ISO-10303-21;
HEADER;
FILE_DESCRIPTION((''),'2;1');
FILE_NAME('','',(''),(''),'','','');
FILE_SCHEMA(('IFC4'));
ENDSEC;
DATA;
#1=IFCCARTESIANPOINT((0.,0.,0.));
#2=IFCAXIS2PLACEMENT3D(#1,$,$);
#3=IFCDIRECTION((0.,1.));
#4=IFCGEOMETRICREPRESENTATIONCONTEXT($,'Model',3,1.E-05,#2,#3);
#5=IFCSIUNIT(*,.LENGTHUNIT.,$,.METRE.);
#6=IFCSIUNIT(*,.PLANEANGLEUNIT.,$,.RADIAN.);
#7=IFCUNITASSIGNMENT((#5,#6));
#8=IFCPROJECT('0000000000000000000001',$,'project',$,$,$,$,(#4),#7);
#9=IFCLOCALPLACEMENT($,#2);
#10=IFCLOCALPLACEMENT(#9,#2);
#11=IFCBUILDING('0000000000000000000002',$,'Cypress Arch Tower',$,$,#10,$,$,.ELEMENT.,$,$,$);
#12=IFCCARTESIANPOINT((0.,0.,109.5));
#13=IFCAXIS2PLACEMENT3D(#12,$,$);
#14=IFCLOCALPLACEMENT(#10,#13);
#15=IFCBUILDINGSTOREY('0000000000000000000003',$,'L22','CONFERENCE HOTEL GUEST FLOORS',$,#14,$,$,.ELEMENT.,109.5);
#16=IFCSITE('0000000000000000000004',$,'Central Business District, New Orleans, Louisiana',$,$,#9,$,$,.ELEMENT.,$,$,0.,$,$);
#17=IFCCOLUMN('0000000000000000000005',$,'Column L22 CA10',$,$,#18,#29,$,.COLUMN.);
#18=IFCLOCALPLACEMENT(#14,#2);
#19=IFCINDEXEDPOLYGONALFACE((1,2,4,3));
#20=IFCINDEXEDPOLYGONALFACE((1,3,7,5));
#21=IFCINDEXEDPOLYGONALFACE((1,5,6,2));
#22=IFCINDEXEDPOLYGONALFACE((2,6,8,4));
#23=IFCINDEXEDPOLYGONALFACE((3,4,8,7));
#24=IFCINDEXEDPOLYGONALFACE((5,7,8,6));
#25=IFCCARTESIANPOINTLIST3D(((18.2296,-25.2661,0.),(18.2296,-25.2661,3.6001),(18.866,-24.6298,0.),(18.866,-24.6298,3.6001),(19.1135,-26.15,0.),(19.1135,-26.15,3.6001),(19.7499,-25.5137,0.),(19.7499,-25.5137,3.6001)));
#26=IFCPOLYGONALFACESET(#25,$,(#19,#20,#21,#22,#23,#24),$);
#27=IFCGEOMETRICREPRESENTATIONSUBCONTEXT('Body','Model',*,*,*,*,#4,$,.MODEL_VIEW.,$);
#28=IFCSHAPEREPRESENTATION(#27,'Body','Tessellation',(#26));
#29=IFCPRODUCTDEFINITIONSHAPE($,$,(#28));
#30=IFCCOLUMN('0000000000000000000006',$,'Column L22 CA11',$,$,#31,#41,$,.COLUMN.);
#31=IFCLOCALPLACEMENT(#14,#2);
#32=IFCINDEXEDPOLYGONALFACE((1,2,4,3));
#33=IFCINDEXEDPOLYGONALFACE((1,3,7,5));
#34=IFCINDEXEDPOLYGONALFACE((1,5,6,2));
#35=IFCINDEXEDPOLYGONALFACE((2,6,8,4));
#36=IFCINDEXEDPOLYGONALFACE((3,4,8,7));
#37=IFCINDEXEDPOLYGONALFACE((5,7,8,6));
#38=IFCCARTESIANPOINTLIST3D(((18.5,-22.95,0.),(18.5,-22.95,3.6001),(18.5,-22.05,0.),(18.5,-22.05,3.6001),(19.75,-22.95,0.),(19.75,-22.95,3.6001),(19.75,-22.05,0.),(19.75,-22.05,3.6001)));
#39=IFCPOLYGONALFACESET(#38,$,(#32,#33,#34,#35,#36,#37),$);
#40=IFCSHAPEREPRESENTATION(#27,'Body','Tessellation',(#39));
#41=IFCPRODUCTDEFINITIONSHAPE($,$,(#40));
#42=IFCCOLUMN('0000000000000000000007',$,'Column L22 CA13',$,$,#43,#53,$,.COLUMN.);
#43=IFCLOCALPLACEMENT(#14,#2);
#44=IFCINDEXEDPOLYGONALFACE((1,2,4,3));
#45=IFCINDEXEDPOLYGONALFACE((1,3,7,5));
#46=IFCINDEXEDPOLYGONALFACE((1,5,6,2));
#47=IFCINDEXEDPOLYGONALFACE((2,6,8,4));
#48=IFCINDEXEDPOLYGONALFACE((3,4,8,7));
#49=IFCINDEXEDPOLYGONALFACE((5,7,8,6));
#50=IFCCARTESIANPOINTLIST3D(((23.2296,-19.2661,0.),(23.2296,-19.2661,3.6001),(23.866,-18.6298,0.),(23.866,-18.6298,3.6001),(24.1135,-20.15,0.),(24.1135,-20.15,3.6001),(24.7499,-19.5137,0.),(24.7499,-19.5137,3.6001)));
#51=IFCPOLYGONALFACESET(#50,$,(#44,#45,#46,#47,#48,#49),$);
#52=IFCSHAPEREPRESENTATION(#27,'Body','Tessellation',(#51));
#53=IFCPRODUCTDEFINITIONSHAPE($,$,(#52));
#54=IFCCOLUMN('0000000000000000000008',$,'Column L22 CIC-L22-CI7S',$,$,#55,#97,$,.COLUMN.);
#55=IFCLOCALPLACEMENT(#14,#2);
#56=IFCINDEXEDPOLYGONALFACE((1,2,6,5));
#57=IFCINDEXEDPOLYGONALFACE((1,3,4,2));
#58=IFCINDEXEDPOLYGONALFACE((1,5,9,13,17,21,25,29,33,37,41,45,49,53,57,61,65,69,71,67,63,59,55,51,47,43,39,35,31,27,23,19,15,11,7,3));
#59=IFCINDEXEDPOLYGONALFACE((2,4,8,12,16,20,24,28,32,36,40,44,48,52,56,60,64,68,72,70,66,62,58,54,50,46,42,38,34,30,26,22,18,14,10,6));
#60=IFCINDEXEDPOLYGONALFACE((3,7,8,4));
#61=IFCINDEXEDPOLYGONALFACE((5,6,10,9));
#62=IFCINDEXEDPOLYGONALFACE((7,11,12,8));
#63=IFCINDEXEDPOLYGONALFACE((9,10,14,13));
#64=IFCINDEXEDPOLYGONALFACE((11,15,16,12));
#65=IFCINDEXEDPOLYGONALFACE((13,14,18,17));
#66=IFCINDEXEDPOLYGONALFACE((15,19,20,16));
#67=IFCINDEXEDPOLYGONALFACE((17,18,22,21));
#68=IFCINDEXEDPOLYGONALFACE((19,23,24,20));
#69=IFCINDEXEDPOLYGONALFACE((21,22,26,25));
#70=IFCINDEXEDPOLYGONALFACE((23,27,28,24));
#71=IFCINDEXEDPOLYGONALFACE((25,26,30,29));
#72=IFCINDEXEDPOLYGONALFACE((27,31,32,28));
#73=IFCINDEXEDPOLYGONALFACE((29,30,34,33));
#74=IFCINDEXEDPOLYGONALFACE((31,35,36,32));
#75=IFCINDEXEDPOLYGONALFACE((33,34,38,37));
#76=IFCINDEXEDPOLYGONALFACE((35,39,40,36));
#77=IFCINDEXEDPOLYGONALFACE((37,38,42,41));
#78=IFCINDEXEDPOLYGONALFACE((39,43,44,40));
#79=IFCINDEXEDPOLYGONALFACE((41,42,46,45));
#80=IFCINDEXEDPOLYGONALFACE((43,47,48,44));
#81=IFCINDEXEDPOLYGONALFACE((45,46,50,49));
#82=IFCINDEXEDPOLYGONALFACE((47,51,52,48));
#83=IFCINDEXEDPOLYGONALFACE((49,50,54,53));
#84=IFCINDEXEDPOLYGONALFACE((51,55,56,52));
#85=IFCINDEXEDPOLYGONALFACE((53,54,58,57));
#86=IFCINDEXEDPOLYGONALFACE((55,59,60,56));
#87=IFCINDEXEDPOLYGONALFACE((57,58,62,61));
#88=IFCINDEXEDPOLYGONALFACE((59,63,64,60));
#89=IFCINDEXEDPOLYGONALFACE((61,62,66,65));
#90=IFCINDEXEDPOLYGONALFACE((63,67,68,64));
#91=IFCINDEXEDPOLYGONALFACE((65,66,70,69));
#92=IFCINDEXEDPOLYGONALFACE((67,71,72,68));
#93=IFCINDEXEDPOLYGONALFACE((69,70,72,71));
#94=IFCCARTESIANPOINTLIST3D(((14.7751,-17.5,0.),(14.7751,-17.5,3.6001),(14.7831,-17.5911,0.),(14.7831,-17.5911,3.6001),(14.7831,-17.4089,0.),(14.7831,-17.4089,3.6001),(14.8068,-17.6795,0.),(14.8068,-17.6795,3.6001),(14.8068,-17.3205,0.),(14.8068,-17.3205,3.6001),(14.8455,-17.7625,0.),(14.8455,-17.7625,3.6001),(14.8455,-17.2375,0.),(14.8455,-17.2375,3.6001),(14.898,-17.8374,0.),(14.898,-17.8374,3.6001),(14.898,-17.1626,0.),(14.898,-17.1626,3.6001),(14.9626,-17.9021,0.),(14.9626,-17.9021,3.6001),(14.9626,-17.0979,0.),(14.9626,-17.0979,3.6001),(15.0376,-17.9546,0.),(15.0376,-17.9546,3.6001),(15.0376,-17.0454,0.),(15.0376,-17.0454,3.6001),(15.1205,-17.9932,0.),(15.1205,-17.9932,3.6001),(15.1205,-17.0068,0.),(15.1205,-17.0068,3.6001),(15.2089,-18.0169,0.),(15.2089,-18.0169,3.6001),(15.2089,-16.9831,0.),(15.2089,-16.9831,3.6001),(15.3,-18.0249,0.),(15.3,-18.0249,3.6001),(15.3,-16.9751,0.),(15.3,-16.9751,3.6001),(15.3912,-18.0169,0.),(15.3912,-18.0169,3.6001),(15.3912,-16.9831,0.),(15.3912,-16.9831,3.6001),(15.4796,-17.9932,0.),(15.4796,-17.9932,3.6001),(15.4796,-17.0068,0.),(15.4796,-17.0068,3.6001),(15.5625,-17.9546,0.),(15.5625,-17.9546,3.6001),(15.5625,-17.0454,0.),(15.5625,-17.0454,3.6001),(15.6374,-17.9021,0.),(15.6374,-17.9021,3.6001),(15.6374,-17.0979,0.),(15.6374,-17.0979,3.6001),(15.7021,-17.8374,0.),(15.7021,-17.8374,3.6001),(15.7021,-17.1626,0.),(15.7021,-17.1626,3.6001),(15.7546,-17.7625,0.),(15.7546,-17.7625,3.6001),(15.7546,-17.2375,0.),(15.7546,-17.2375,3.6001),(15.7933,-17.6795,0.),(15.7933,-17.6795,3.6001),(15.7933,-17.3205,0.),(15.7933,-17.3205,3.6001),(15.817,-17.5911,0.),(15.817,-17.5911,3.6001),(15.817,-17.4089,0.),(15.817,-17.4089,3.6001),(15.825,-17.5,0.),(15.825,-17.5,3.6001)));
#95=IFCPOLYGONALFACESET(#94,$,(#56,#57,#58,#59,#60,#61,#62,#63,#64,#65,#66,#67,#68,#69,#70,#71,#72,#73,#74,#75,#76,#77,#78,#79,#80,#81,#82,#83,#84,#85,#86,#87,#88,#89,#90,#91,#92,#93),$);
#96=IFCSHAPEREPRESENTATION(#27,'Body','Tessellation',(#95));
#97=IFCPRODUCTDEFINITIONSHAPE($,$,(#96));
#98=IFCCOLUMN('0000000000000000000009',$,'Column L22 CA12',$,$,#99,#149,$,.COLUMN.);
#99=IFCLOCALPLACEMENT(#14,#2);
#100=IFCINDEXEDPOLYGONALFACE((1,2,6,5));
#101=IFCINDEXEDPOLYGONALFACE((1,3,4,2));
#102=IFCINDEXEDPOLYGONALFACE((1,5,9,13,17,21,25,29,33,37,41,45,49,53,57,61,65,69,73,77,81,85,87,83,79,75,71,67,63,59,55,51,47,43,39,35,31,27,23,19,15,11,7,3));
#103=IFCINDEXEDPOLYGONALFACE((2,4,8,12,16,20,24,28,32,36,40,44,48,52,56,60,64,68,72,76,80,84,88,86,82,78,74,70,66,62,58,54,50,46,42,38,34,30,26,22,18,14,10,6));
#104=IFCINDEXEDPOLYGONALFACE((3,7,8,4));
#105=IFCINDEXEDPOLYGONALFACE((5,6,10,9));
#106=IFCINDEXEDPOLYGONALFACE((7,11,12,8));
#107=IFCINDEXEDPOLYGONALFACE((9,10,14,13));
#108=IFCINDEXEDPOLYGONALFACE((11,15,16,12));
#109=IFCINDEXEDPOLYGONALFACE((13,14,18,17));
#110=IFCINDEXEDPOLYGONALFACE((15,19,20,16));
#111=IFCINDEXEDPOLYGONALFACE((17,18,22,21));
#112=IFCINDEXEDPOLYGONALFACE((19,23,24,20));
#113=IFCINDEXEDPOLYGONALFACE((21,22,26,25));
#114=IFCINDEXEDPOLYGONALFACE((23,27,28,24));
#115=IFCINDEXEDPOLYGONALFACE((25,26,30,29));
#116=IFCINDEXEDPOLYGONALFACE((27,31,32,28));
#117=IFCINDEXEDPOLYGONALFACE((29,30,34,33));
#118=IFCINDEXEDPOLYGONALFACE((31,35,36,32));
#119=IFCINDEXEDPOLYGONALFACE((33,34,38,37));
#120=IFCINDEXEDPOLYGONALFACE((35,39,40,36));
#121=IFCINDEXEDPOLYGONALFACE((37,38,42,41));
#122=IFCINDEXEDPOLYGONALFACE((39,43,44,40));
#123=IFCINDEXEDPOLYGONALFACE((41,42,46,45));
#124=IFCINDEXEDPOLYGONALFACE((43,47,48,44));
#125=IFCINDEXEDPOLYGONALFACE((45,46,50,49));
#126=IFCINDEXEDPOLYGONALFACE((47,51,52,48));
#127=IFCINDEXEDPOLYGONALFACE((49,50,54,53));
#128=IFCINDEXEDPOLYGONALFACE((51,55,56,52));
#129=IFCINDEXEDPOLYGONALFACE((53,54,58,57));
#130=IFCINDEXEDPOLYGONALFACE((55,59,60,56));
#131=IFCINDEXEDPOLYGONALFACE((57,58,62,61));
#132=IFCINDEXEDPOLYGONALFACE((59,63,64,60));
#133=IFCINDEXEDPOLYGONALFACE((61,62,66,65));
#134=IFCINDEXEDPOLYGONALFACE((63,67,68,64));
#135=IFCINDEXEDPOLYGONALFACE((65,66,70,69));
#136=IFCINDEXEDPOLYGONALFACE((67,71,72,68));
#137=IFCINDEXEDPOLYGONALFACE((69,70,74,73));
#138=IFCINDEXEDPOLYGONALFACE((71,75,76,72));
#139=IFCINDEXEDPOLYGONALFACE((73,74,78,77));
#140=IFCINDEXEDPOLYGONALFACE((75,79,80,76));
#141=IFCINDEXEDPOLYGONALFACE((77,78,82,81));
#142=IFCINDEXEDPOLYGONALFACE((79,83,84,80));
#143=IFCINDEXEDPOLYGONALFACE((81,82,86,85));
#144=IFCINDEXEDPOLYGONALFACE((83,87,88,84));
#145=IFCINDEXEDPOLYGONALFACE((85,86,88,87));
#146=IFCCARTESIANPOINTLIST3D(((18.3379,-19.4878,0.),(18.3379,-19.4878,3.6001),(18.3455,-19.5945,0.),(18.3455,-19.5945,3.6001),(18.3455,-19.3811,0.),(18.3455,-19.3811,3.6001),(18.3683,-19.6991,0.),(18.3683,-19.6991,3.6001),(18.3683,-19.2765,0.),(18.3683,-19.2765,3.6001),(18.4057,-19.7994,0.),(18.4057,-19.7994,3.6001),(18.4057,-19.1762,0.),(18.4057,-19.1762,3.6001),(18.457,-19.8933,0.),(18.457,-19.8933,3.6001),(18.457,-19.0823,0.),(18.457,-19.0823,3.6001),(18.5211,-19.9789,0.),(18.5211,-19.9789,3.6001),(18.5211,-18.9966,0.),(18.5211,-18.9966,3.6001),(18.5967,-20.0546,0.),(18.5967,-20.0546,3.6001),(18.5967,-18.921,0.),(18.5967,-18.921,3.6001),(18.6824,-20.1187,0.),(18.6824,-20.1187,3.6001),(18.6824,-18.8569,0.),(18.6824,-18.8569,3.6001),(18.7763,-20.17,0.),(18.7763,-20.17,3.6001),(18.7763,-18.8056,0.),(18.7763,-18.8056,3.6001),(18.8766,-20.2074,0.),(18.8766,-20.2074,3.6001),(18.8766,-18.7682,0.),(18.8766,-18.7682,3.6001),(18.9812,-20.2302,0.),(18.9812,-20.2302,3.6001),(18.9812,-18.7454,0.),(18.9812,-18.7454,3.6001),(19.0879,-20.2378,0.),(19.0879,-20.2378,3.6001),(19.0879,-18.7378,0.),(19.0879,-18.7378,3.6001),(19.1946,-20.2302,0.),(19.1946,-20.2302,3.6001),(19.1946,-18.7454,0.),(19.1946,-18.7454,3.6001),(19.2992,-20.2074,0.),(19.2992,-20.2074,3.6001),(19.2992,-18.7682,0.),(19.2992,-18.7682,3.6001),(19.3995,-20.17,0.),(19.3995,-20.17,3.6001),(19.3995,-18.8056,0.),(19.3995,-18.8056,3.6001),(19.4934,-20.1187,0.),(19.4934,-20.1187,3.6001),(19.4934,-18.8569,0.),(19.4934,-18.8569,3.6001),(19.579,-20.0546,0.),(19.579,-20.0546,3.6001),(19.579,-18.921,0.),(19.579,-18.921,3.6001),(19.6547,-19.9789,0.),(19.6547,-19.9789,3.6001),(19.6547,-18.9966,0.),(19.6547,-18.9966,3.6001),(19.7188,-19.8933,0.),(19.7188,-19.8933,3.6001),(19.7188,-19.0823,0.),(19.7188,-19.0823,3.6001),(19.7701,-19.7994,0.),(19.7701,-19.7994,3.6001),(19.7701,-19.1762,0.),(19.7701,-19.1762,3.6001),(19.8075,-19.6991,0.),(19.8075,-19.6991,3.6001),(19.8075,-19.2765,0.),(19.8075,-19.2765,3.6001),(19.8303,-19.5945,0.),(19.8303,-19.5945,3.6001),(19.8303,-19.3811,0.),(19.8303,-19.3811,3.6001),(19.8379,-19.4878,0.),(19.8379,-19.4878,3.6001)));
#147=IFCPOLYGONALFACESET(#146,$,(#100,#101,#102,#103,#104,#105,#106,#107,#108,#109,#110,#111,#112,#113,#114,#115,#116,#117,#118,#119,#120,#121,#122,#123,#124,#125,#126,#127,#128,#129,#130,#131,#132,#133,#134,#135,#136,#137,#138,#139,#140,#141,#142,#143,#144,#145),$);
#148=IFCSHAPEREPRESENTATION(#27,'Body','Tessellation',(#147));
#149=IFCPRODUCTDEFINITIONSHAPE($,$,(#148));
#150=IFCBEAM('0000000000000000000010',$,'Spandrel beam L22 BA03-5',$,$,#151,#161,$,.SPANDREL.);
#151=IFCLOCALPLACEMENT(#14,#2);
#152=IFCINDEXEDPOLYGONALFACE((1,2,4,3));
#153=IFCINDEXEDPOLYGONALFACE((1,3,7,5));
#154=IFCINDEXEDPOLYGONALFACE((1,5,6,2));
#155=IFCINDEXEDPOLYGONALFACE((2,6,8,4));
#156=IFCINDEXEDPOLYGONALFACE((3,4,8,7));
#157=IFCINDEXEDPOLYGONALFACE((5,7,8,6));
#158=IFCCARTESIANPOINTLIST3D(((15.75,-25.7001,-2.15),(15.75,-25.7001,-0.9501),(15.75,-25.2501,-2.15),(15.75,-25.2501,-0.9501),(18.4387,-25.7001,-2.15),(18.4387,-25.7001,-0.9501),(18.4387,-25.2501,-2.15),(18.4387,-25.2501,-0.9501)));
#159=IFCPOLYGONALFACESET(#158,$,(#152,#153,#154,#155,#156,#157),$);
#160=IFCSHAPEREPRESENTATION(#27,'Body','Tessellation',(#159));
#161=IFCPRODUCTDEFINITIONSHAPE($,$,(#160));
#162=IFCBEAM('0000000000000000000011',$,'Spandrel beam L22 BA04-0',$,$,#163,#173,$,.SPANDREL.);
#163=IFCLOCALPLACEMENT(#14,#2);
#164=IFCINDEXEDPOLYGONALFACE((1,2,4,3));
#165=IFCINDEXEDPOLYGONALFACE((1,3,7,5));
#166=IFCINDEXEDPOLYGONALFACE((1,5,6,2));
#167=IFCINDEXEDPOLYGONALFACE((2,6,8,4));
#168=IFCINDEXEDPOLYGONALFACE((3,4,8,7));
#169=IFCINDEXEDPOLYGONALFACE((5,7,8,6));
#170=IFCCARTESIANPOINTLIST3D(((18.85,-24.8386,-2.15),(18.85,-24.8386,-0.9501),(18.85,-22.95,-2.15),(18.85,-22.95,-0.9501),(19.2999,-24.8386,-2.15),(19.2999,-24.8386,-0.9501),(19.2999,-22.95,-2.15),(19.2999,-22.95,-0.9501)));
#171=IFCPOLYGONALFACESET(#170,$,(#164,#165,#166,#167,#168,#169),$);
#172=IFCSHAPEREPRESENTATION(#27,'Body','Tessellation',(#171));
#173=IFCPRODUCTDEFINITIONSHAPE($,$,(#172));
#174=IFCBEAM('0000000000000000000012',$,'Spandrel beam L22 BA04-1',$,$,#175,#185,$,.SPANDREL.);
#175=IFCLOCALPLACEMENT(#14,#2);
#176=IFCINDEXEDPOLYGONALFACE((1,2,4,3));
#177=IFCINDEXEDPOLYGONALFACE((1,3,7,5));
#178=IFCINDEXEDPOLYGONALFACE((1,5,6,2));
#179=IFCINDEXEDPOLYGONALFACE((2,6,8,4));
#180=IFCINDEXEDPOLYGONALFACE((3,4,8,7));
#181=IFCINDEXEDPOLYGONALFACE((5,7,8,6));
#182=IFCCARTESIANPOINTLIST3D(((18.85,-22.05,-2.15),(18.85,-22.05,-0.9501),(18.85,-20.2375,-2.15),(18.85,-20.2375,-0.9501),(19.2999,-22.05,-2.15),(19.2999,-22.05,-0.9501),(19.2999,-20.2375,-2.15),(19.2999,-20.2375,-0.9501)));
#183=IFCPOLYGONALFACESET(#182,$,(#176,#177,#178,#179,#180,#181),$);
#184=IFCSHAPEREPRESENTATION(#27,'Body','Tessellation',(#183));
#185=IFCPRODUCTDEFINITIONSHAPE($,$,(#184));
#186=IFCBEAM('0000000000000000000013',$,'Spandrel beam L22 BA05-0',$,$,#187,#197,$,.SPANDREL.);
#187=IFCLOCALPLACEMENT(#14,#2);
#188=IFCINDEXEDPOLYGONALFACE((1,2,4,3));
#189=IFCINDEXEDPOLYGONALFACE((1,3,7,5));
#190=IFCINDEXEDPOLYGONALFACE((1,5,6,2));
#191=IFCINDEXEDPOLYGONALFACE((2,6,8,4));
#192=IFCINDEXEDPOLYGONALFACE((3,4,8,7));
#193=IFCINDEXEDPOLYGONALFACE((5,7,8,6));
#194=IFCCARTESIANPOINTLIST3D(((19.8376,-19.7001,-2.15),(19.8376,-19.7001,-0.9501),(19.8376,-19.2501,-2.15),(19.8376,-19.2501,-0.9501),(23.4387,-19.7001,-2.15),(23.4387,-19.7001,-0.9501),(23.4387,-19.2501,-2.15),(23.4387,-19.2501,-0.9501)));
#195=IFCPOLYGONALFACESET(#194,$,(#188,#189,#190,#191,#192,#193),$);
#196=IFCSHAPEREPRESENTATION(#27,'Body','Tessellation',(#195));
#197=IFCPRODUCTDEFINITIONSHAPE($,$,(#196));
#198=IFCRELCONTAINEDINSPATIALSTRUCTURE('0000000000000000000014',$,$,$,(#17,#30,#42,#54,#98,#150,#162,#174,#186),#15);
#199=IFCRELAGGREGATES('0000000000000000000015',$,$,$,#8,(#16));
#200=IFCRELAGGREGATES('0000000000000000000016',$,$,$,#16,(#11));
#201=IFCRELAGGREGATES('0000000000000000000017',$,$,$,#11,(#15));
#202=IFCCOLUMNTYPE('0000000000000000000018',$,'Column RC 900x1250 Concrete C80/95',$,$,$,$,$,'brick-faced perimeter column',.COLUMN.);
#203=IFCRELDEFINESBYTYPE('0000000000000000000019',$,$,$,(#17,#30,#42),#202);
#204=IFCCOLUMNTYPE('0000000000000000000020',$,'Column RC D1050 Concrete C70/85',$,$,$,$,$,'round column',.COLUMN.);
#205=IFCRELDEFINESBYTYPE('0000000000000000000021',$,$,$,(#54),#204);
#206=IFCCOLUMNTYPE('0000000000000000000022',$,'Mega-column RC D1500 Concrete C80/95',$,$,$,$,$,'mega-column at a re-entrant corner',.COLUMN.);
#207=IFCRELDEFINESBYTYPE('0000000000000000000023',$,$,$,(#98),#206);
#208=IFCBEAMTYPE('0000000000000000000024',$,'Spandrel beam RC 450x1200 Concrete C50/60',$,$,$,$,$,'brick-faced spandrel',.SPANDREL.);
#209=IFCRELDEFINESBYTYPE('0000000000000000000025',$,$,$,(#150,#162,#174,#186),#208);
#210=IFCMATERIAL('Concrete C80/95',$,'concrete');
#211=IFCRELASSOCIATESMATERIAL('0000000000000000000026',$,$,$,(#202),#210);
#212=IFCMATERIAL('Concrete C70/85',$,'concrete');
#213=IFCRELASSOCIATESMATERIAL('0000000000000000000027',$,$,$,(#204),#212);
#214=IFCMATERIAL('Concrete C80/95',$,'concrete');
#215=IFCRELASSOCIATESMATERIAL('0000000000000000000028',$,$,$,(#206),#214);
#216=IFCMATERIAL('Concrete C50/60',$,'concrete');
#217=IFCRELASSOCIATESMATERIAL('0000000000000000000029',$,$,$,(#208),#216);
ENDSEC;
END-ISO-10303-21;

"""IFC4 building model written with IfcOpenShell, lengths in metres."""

from ifc_helpers import new_model, si_unit, direction, frame, origin, origin_2d, place, context, subcontext, project, spatial, rectangle, circle, extrude, material, material_profile, profile_set, type_object, element, save


model = new_model("IFC4")

# Units and contexts
model_context = context("Model", 3, precision=1e-05, world=origin(), true_north=direction((0.0, 1.0)))
body_context = subcontext(model_context, "Body", "Model", "MODEL_VIEW")
ifc_project = project(units=[si_unit("LENGTHUNIT", "METRE"), si_unit("PLANEANGLEUNIT", "RADIAN")], contexts=[model_context])

# Site, building, storey
site_placement = place(None, origin())
site = spatial("IfcSite", under=ifc_project, at=site_placement, Name="Central Business District, New Orleans, Louisiana", CompositionType="ELEMENT", RefElevation=0.0)
building_placement = place(site_placement, origin())
building = spatial("IfcBuilding", under=site, at=building_placement, Name="Cypress Arch Tower", CompositionType="ELEMENT")
storey_placement = place(building_placement, frame((0.0, 0.0, 109.5)))
storey = spatial("IfcBuildingStorey", under=building, at=storey_placement, Name="L22", Description="CONFERENCE HOTEL GUEST FLOORS", CompositionType="ELEMENT", Elevation=109.5)

# Columns
ifc_material_1 = material(Name="Concrete C80/95", Category="concrete")
ifc_material_profile_1 = material_profile(ifc_material_1, rectangle(XDim=0.8999, YDim=1.25, at=origin_2d()), Name="RC 900x1250")
ifc_profile_set_1 = profile_set([ifc_material_profile_1], Name="Concrete C80/95")
column_type_1 = type_object("IfcColumnType", Name="Column RC 900x1250 Concrete C80/95", ElementType="brick-faced perimeter column", PredefinedType="COLUMN", material=ifc_profile_set_1)
for number, where, z_axis, x_axis, name in (
    (1, (18.9897, -25.3899, 0.0), (0.0, 0.0, 1.0), (0.707107, 0.707107, 0.0), "Column L22 CA10"),
    (2, (19.125, -22.5, 0.0), (0.0, 0.0, 1.0), (0.0, 1.0, 0.0), "Column L22 CA11"),
    (3, (23.9897, -19.3899, 0.0), (0.0, 0.0, 1.0), (0.707107, 0.707107, 0.0), "Column L22 CA13"),
):
    element("IfcColumn", number, at=place(storey_placement, frame(where, z_axis=z_axis, x_axis=x_axis)), inside=storey, type_object=column_type_1, Name=name, PredefinedType="COLUMN", context=body_context, shape_type="SweptSolid", body=[
        extrude(rectangle(XDim=0.8999, YDim=1.25, at=origin_2d()), origin(), (0.0, 0.0, 1.0), 3.6001),
    ])
ifc_material_2 = material(Name="Concrete C70/85", Category="concrete")
ifc_material_profile_2 = material_profile(ifc_material_2, circle(Radius=0.5249, at=origin_2d()), Name="RC D1050")
ifc_profile_set_2 = profile_set([ifc_material_profile_2], Name="Concrete C70/85")
column_type_2 = type_object("IfcColumnType", Name="Column RC D1050 Concrete C70/85", ElementType="round column", PredefinedType="COLUMN", material=ifc_profile_set_2)
column_1_placement = place(storey_placement, frame((15.3, -17.5, 0.0), z_axis=(0.0, 0.0, 1.0), x_axis=(1.0, 0.0, 0.0)))
element("IfcColumn", 4, at=column_1_placement, inside=storey, type_object=column_type_2, Name="Column L22 CIC-L22-CI7S", PredefinedType="COLUMN", context=body_context, shape_type="SweptSolid", body=[
    extrude(circle(Radius=0.5249, at=origin_2d()), origin(), (0.0, 0.0, 1.0), 3.6001),
])
ifc_material_3 = material(Name="Concrete C80/95", Category="concrete")
ifc_material_profile_3 = material_profile(ifc_material_3, circle(Radius=0.75, at=origin_2d()), Name="RC D1500")
ifc_profile_set_3 = profile_set([ifc_material_profile_3], Name="Concrete C80/95")
column_type_3 = type_object("IfcColumnType", Name="Mega-column RC D1500 Concrete C80/95", ElementType="mega-column at a re-entrant corner", PredefinedType="COLUMN", material=ifc_profile_set_3)
column_2_placement = place(storey_placement, frame((19.0879, -19.4878, 0.0), z_axis=(0.0, 0.0, 1.0), x_axis=(1.0, 0.0, 0.0)))
element("IfcColumn", 5, at=column_2_placement, inside=storey, type_object=column_type_3, Name="Column L22 CA12", PredefinedType="COLUMN", context=body_context, shape_type="SweptSolid", body=[
    extrude(circle(Radius=0.75, at=origin_2d()), origin(), (0.0, 0.0, 1.0), 3.6001),
])

# Beams
ifc_material_4 = material(Name="Concrete C50/60", Category="concrete")
ifc_material_profile_4 = material_profile(ifc_material_4, rectangle(XDim=0.45, YDim=1.2, at=origin_2d()), Name="RC 450x1200")
ifc_profile_set_4 = profile_set([ifc_material_profile_4], Name="Concrete C50/60")
beam_type = type_object("IfcBeamType", Name="Spandrel beam RC 450x1200 Concrete C50/60", ElementType="brick-faced spandrel", PredefinedType="SPANDREL", material=ifc_profile_set_4)
beam_1_placement = place(storey_placement, frame((15.75, -25.4751, -1.55), z_axis=(1.0, 0.0, 0.0), x_axis=(0.0, 1.0, 0.0)))
element("IfcBeam", 6, at=beam_1_placement, inside=storey, type_object=beam_type, Name="Spandrel beam L22 BA03-5", PredefinedType="SPANDREL", context=body_context, shape_type="SweptSolid", body=[
    extrude(rectangle(XDim=0.45, YDim=1.2, at=origin_2d()), origin(), (0.0, 0.0, 1.0), 2.6887),
])
beam_2_placement = place(storey_placement, frame((19.075, -24.8386, -1.55), z_axis=(0.0, 1.0, 0.0), x_axis=(-1.0, 0.0, 0.0)))
element("IfcBeam", 7, at=beam_2_placement, inside=storey, type_object=beam_type, Name="Spandrel beam L22 BA04-0", PredefinedType="SPANDREL", context=body_context, shape_type="SweptSolid", body=[
    extrude(rectangle(XDim=0.45, YDim=1.2, at=origin_2d()), origin(), (0.0, 0.0, 1.0), 1.8887),
])
beam_3_placement = place(storey_placement, frame((19.075, -22.05, -1.55), z_axis=(0.0, 1.0, 0.0), x_axis=(-1.0, 0.0, 0.0)))
element("IfcBeam", 8, at=beam_3_placement, inside=storey, type_object=beam_type, Name="Spandrel beam L22 BA04-1", PredefinedType="SPANDREL", context=body_context, shape_type="SweptSolid", body=[
    extrude(rectangle(XDim=0.45, YDim=1.2, at=origin_2d()), origin(), (0.0, 0.0, 1.0), 1.8125),
])
beam_4_placement = place(storey_placement, frame((19.8376, -19.4751, -1.55), z_axis=(1.0, 0.0, 0.0), x_axis=(0.0, 1.0, 0.0)))
element("IfcBeam", 9, at=beam_4_placement, inside=storey, type_object=beam_type, Name="Spandrel beam L22 BA05-0", PredefinedType="SPANDREL", context=body_context, shape_type="SweptSolid", body=[
    extrude(rectangle(XDim=0.45, YDim=1.2, at=origin_2d()), origin(), (0.0, 0.0, 1.0), 3.6011),
])

save(model, "model.ifc")
